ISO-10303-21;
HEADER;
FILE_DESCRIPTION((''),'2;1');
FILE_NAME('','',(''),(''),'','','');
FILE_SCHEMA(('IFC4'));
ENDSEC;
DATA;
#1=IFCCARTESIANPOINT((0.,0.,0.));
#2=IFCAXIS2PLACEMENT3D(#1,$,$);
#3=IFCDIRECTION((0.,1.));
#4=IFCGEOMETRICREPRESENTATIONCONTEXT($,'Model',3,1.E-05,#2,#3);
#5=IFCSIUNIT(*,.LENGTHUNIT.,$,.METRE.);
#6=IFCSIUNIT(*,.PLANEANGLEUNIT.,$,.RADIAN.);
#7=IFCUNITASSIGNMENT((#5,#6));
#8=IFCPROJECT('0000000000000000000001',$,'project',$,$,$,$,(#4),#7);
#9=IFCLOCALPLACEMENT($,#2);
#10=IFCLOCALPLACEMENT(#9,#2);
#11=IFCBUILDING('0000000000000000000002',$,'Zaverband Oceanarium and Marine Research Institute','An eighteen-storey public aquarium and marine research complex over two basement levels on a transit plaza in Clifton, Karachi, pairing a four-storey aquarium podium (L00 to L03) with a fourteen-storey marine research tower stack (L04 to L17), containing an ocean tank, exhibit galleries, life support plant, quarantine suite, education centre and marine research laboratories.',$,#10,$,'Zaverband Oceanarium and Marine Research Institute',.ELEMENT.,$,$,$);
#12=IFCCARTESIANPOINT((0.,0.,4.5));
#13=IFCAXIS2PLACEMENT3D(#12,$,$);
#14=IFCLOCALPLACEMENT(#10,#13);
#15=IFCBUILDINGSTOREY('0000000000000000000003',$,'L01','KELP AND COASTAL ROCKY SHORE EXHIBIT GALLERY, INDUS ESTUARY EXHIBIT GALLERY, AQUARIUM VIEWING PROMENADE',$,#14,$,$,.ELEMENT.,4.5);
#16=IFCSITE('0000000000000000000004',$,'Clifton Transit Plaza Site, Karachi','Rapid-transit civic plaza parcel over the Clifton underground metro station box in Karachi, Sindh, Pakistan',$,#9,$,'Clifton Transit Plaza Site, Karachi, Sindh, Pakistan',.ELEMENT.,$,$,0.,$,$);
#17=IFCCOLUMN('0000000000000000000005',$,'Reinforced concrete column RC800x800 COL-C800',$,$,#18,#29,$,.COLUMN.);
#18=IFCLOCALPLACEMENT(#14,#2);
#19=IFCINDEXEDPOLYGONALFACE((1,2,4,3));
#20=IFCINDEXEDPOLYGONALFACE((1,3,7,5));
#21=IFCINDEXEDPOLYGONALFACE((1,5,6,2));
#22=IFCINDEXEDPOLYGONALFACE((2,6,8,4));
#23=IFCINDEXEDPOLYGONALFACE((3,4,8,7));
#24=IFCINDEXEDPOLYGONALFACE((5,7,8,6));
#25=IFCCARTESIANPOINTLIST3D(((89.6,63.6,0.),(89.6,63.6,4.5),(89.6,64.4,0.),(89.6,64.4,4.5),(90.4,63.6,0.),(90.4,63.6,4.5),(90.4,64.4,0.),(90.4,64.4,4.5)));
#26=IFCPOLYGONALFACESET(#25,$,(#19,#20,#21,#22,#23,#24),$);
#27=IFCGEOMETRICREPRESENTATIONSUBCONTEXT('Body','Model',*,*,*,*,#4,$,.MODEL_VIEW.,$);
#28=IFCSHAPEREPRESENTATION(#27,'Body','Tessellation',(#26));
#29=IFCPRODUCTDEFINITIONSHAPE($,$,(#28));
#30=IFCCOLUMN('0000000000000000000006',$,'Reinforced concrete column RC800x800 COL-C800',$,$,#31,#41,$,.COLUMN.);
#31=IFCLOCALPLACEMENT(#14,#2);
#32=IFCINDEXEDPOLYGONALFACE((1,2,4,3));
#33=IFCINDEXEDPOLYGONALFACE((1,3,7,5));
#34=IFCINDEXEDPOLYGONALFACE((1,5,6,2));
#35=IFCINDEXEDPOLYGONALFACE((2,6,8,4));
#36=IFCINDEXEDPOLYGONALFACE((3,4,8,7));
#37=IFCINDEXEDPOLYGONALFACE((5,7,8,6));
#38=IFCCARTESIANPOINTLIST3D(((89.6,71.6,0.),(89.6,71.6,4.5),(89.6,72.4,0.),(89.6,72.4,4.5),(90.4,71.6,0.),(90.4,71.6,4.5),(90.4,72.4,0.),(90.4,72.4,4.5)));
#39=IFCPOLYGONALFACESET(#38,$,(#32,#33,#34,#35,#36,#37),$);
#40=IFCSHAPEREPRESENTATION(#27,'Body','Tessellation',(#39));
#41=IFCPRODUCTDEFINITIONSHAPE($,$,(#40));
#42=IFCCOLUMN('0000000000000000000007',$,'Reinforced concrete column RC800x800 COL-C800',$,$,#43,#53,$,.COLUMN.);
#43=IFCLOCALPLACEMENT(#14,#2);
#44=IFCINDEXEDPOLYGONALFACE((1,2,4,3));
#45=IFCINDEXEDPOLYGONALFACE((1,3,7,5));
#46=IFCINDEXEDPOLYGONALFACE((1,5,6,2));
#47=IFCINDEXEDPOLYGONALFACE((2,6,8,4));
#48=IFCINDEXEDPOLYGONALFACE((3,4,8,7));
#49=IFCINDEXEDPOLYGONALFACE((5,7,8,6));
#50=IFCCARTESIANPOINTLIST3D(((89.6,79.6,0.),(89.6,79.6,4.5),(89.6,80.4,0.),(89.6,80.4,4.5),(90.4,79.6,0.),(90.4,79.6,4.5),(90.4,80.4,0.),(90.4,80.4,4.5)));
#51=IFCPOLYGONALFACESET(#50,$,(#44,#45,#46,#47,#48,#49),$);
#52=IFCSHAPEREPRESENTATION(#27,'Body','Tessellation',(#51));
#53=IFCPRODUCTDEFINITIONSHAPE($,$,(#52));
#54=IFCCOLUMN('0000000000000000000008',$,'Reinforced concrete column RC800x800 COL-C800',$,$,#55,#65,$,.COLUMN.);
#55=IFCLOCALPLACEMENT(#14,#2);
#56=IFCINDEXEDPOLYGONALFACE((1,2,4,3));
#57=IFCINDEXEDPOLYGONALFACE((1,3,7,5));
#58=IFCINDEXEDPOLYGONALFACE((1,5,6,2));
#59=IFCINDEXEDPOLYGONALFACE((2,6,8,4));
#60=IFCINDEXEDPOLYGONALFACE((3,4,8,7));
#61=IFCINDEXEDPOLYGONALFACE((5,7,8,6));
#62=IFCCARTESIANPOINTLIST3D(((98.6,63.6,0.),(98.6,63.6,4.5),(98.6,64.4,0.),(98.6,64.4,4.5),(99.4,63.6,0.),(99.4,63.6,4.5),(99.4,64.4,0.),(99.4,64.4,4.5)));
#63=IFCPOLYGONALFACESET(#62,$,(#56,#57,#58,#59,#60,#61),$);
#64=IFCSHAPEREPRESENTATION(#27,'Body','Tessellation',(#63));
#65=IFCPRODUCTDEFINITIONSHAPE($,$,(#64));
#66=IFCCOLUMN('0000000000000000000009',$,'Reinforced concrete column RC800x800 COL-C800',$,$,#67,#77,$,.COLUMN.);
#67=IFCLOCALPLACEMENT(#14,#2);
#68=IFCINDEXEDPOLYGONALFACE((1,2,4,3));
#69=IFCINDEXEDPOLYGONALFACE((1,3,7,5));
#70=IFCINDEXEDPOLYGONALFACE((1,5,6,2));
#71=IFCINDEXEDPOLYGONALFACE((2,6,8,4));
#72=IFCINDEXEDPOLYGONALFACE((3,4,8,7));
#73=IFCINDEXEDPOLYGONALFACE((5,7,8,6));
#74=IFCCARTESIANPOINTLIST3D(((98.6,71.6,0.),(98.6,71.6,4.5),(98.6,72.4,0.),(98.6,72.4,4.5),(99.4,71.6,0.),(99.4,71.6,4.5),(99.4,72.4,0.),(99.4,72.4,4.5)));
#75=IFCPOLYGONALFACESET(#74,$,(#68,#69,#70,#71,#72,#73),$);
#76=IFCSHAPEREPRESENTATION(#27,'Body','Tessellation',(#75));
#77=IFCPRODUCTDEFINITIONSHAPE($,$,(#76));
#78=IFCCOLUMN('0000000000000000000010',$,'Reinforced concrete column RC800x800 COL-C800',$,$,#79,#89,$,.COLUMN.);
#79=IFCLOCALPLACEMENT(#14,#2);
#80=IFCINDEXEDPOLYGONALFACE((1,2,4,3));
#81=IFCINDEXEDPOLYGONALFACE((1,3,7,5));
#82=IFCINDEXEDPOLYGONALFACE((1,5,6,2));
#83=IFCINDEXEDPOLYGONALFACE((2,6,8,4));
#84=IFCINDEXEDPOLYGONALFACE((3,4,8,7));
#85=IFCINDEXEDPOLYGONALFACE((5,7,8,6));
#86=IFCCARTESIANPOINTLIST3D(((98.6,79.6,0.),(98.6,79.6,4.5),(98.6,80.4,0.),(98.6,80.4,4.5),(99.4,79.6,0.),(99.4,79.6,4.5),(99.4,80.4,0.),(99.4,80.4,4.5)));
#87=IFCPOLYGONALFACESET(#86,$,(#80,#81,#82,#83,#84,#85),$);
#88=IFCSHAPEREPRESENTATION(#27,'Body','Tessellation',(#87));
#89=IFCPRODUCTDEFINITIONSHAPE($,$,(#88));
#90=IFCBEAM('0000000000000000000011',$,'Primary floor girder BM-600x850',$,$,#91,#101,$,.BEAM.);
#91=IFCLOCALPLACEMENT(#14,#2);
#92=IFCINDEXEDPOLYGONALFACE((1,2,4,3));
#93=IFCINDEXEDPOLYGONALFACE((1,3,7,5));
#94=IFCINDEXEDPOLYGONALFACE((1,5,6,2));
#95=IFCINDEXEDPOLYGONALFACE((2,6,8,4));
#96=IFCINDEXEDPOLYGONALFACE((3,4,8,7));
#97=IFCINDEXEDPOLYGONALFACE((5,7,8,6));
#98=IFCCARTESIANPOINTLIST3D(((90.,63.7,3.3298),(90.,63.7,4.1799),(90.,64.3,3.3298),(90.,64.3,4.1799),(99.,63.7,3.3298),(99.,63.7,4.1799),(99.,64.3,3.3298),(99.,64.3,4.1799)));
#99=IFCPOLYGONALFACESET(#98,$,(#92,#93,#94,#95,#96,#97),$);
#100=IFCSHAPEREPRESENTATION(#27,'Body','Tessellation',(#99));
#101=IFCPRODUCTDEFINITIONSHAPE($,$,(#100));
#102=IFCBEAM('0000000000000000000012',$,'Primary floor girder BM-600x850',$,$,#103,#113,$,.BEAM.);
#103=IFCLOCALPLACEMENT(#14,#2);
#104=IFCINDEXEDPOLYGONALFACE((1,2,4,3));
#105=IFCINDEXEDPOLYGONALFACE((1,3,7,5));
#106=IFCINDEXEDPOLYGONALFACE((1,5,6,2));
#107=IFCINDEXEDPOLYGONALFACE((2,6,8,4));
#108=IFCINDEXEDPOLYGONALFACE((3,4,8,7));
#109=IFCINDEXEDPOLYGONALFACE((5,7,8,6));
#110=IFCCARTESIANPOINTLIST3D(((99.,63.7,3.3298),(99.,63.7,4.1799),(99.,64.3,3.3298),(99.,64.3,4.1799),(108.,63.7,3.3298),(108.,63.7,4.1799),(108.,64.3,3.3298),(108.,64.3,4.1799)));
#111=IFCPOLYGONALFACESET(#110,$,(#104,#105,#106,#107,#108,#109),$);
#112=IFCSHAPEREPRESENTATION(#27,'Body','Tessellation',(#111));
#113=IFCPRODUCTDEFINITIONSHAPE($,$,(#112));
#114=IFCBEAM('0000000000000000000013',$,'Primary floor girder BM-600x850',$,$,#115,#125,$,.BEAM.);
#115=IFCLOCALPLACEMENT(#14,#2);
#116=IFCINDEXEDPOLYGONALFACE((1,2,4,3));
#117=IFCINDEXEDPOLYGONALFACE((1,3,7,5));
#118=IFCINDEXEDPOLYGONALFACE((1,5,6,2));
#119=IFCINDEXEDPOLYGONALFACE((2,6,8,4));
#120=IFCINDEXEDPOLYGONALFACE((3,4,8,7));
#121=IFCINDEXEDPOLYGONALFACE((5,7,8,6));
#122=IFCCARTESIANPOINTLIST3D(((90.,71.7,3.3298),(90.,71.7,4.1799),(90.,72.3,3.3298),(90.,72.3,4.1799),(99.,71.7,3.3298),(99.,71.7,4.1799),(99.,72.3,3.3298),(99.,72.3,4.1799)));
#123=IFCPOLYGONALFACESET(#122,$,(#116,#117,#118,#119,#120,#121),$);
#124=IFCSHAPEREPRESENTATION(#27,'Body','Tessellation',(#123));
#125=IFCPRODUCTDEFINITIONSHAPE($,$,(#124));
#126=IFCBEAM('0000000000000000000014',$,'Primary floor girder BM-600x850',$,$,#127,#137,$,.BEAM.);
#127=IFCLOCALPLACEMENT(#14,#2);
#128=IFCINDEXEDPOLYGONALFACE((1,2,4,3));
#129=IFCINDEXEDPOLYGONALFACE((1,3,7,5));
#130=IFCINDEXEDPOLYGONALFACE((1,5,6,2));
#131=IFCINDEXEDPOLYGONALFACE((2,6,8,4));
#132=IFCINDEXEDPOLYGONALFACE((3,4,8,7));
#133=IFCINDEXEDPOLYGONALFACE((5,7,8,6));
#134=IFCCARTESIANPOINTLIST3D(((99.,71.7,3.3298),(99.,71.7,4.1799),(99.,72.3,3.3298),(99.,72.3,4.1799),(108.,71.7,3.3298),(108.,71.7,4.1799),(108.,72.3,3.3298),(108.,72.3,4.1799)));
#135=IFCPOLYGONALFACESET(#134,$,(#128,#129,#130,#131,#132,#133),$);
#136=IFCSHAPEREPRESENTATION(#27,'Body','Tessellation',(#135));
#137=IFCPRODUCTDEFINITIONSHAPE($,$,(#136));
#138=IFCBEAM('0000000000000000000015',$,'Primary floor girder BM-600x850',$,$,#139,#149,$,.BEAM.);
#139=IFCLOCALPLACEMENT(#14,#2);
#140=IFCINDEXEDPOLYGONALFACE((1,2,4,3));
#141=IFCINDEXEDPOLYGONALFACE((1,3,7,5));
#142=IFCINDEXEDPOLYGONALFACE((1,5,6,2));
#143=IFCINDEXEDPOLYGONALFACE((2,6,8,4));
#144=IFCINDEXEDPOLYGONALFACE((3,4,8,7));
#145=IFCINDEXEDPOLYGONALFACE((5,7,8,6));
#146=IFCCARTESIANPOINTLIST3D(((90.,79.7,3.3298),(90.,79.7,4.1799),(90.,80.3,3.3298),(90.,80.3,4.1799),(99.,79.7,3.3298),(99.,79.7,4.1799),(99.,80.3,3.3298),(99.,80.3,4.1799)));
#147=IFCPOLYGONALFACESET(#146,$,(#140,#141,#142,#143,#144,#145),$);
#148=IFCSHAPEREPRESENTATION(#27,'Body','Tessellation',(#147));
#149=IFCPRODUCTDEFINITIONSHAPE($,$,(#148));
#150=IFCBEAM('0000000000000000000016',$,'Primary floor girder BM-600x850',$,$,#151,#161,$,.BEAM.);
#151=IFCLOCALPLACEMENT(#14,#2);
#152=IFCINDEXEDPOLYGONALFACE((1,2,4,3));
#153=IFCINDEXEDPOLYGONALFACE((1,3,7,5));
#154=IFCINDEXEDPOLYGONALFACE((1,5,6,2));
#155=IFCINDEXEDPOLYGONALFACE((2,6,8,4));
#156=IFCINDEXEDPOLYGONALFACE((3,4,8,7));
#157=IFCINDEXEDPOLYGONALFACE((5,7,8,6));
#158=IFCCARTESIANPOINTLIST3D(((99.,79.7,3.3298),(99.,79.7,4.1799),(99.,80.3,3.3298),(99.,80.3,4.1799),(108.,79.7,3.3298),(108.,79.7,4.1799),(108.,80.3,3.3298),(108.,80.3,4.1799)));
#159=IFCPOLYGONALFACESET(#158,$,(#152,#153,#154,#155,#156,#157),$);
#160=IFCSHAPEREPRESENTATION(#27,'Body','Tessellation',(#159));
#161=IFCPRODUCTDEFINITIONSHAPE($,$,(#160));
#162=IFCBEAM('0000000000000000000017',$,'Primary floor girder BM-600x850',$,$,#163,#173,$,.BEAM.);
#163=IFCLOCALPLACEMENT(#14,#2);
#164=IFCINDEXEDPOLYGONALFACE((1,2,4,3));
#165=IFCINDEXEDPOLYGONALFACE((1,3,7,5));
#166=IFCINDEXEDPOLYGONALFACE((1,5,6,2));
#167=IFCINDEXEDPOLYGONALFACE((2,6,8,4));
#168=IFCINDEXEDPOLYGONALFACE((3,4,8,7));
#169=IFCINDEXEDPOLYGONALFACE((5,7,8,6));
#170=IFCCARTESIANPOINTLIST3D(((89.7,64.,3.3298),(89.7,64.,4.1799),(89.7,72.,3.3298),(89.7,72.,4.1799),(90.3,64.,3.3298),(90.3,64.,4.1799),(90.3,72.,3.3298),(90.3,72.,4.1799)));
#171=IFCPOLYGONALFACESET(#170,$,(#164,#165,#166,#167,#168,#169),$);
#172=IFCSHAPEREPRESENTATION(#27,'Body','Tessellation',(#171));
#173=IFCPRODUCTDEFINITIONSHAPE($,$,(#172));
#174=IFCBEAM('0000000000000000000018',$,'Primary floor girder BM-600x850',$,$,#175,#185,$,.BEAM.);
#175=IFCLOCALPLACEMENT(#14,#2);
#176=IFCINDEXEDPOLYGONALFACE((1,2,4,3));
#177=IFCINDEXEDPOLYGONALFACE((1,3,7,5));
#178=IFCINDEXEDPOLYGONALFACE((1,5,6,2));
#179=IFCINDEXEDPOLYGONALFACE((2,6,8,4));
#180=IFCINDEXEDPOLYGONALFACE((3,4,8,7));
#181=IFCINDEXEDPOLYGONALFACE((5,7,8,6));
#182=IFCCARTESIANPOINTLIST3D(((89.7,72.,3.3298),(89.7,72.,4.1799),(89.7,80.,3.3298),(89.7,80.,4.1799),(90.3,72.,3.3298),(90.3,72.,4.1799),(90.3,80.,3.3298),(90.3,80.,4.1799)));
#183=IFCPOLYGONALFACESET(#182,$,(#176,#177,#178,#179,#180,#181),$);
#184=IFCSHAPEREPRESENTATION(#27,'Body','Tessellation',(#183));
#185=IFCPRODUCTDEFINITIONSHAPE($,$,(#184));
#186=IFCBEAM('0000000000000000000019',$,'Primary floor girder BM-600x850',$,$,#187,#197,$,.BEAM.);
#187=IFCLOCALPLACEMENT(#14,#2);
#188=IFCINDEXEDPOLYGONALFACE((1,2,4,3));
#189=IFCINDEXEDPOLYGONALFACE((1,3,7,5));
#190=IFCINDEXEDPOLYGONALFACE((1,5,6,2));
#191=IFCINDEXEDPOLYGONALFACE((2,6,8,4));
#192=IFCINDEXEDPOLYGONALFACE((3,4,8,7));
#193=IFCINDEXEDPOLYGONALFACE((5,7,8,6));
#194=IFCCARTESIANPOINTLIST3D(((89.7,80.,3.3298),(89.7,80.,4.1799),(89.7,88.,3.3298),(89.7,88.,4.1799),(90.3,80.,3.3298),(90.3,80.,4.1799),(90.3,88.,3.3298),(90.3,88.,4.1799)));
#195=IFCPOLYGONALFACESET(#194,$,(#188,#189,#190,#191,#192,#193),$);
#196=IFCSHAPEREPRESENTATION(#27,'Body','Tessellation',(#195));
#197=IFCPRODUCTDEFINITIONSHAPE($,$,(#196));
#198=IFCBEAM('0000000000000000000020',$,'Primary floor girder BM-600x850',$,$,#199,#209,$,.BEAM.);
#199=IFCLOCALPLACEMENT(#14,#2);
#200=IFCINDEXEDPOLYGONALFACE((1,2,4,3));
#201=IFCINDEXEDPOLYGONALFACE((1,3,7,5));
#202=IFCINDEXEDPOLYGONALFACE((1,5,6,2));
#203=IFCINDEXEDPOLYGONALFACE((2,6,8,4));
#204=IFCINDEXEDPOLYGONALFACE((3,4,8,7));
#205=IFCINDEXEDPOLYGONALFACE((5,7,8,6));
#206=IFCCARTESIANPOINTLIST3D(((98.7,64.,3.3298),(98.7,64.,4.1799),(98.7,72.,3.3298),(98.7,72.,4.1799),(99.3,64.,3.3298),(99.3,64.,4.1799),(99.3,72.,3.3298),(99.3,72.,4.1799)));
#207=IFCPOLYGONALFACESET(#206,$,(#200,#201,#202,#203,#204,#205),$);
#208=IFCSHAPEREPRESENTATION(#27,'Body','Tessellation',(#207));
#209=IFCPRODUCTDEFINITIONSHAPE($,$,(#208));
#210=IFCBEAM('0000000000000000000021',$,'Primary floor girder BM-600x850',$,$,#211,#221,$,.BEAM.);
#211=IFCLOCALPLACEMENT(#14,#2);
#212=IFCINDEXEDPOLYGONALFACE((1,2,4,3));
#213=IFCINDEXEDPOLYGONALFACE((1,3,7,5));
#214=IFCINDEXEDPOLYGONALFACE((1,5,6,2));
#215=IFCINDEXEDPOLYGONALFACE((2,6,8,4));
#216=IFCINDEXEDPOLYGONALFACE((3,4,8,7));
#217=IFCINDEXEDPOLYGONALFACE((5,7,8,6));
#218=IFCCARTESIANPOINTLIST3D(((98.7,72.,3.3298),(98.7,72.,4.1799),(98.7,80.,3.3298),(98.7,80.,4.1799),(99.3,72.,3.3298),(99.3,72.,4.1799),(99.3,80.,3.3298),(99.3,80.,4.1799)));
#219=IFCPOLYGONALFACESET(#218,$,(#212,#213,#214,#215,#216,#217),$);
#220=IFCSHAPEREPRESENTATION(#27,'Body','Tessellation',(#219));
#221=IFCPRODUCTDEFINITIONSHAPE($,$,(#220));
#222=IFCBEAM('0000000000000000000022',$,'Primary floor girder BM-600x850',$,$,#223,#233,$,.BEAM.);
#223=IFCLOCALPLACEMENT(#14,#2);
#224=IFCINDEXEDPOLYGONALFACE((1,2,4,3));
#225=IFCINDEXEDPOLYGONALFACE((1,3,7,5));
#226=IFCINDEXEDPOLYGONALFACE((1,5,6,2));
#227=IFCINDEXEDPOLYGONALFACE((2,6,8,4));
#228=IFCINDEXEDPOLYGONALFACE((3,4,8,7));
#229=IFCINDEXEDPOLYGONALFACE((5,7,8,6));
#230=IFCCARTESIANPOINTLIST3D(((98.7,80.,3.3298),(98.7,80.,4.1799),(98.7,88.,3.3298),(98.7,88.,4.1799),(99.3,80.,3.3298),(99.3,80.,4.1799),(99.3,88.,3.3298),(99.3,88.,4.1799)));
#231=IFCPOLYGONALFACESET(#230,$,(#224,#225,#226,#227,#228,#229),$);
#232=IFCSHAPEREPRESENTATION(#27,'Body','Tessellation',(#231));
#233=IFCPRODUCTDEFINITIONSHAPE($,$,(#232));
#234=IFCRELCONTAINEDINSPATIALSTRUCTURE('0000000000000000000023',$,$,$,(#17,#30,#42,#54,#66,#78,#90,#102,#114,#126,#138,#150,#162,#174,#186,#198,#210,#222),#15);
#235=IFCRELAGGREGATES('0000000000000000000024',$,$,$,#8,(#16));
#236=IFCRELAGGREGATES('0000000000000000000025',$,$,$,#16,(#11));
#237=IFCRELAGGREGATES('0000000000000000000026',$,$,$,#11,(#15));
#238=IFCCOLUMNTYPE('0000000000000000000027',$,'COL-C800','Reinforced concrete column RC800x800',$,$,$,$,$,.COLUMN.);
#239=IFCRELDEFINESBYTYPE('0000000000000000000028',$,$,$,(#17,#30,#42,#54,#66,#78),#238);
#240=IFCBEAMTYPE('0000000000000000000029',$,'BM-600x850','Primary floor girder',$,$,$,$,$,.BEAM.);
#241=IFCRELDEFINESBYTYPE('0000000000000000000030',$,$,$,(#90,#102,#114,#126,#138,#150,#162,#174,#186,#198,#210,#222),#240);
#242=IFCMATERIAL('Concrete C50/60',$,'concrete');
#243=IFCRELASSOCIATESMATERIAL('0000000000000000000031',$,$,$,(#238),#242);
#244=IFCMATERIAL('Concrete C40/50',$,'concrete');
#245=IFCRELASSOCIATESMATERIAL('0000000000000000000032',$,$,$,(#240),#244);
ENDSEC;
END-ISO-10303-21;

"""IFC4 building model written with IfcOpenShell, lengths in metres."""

from ifc_helpers import new_model, si_unit, direction, frame, origin, origin_2d, place, context, subcontext, project, spatial, rectangle, extrude, material, material_profile, profile_set, type_object, element, save


model = new_model("IFC4")

# Units and contexts
model_context = context("Model", 3, precision=1e-05, world=origin(), true_north=direction((0.0, 1.0)))
body_context = subcontext(model_context, "Body", "Model", "MODEL_VIEW")
ifc_project = project(units=[si_unit("LENGTHUNIT", "METRE"), si_unit("PLANEANGLEUNIT", "RADIAN")], contexts=[model_context])

# Site, building, storey
site_placement = place(None, origin())
site = spatial("IfcSite", under=ifc_project, at=site_placement, Name="Clifton Transit Plaza Site, Karachi", Description="Rapid-transit civic plaza parcel over the Clifton underground metro station box in Karachi, Sindh, Pakistan", LongName="Clifton Transit Plaza Site, Karachi, Sindh, Pakistan", CompositionType="ELEMENT", RefElevation=0.0)
building_placement = place(site_placement, origin())
building = spatial("IfcBuilding", under=site, at=building_placement, Name="Zaverband Oceanarium and Marine Research Institute", Description="An eighteen-storey public aquarium and marine research complex over two basement levels on a transit plaza in Clifton, Karachi, pairing a four-storey aquarium podium (L00 to L03) with a fourteen-storey marine research tower stack (L04 to L17), containing an ocean tank, exhibit galleries, life support plant, quarantine suite, education centre and marine research laboratories.", LongName="Zaverband Oceanarium and Marine Research Institute", CompositionType="ELEMENT")
storey_placement = place(building_placement, frame((0.0, 0.0, 4.5)))
storey = spatial("IfcBuildingStorey", under=building, at=storey_placement, Name="L01", Description="KELP AND COASTAL ROCKY SHORE EXHIBIT GALLERY, INDUS ESTUARY EXHIBIT GALLERY, AQUARIUM VIEWING PROMENADE", CompositionType="ELEMENT", Elevation=4.5)

# Columns
ifc_material_1 = material(Name="Concrete C50/60", Category="concrete")
ifc_material_profile_1 = material_profile(ifc_material_1, rectangle(XDim=0.8, YDim=0.8, at=origin_2d()), Name="RC800x800")
ifc_profile_set_1 = profile_set([ifc_material_profile_1], Name="Concrete C50/60")
column_type = type_object("IfcColumnType", Name="COL-C800", Description="Reinforced concrete column RC800x800", PredefinedType="COLUMN", material=ifc_profile_set_1)
for number, where, z_axis, x_axis, name in (
    (1, (90.0, 64.0, 0.0), (0.0, 0.0, 1.0), (1.0, 0.0, 0.0), "Reinforced concrete column RC800x800 COL-C800"),
    (2, (90.0, 72.0, 0.0), (0.0, 0.0, 1.0), (1.0, 0.0, 0.0), "Reinforced concrete column RC800x800 COL-C800"),
    (3, (90.0, 80.0, 0.0), (0.0, 0.0, 1.0), (1.0, 0.0, 0.0), "Reinforced concrete column RC800x800 COL-C800"),
    (4, (99.0, 64.0, 0.0), (0.0, 0.0, 1.0), (1.0, 0.0, 0.0), "Reinforced concrete column RC800x800 COL-C800"),
    (5, (99.0, 72.0, 0.0), (0.0, 0.0, 1.0), (1.0, 0.0, 0.0), "Reinforced concrete column RC800x800 COL-C800"),
    (6, (99.0, 80.0, 0.0), (0.0, 0.0, 1.0), (1.0, 0.0, 0.0), "Reinforced concrete column RC800x800 COL-C800"),
):
    element("IfcColumn", number, at=place(storey_placement, frame(where, z_axis=z_axis, x_axis=x_axis)), inside=storey, type_object=column_type, Name=name, PredefinedType="COLUMN", context=body_context, shape_type="SweptSolid", body=[
        extrude(rectangle(XDim=0.8, YDim=0.8, at=origin_2d()), origin(), (0.0, 0.0, 1.0), 4.5),
    ])

# Beams
ifc_material_2 = material(Name="Concrete C40/50", Category="concrete")
ifc_material_profile_2 = material_profile(ifc_material_2, rectangle(XDim=0.6001, YDim=0.8501, at=origin_2d()), Name="RC600x850")
ifc_profile_set_2 = profile_set([ifc_material_profile_2], Name="Concrete C40/50")
beam_type_1 = type_object("IfcBeamType", Name="BM-600x850", Description="Primary floor girder", PredefinedType="BEAM", material=ifc_profile_set_2)
for number, where, z_axis, x_axis, name in (
    (7, (90.0, 64.0, 3.7549), (1.0, 0.0, 0.0), (0.0, 1.0, 0.0), "Primary floor girder BM-600x850"),
    (8, (99.0, 64.0, 3.7549), (1.0, 0.0, 0.0), (0.0, 1.0, 0.0), "Primary floor girder BM-600x850"),
    (9, (90.0, 72.0, 3.7549), (1.0, 0.0, 0.0), (0.0, 1.0, 0.0), "Primary floor girder BM-600x850"),
    (10, (99.0, 72.0, 3.7549), (1.0, 0.0, 0.0), (0.0, 1.0, 0.0), "Primary floor girder BM-600x850"),
    (11, (90.0, 80.0, 3.7549), (1.0, 0.0, 0.0), (0.0, 1.0, 0.0), "Primary floor girder BM-600x850"),
    (12, (99.0, 80.0, 3.7549), (1.0, 0.0, 0.0), (0.0, 1.0, 0.0), "Primary floor girder BM-600x850"),
):
    element("IfcBeam", number, at=place(storey_placement, frame(where, z_axis=z_axis, x_axis=x_axis)), inside=storey, type_object=beam_type_1, Name=name, PredefinedType="BEAM", context=body_context, shape_type="SweptSolid", body=[
        extrude(rectangle(XDim=0.6001, YDim=0.8501, at=origin_2d()), origin(), (0.0, 0.0, 1.0), 9.0),
    ])
for number, where, z_axis, x_axis, name in (
    (13, (90.0, 64.0, 3.7549), (0.0, 1.0, 0.0), (-1.0, 0.0, 0.0), "Primary floor girder BM-600x850"),
    (14, (90.0, 72.0, 3.7549), (0.0, 1.0, 0.0), (-1.0, 0.0, 0.0), "Primary floor girder BM-600x850"),
    (15, (90.0, 80.0, 3.7549), (0.0, 1.0, 0.0), (-1.0, 0.0, 0.0), "Primary floor girder BM-600x850"),
    (16, (99.0, 64.0, 3.7549), (0.0, 1.0, 0.0), (-1.0, 0.0, 0.0), "Primary floor girder BM-600x850"),
    (17, (99.0, 72.0, 3.7549), (0.0, 1.0, 0.0), (-1.0, 0.0, 0.0), "Primary floor girder BM-600x850"),
    (18, (99.0, 80.0, 3.7549), (0.0, 1.0, 0.0), (-1.0, 0.0, 0.0), "Primary floor girder BM-600x850"),
):
    element("IfcBeam", number, at=place(storey_placement, frame(where, z_axis=z_axis, x_axis=x_axis)), inside=storey, type_object=beam_type_1, Name=name, PredefinedType="BEAM", context=body_context, shape_type="SweptSolid", body=[
        extrude(rectangle(XDim=0.6001, YDim=0.8501, at=origin_2d()), origin(), (0.0, 0.0, 1.0), 8.0),
    ])

save(model, "model.ifc")
